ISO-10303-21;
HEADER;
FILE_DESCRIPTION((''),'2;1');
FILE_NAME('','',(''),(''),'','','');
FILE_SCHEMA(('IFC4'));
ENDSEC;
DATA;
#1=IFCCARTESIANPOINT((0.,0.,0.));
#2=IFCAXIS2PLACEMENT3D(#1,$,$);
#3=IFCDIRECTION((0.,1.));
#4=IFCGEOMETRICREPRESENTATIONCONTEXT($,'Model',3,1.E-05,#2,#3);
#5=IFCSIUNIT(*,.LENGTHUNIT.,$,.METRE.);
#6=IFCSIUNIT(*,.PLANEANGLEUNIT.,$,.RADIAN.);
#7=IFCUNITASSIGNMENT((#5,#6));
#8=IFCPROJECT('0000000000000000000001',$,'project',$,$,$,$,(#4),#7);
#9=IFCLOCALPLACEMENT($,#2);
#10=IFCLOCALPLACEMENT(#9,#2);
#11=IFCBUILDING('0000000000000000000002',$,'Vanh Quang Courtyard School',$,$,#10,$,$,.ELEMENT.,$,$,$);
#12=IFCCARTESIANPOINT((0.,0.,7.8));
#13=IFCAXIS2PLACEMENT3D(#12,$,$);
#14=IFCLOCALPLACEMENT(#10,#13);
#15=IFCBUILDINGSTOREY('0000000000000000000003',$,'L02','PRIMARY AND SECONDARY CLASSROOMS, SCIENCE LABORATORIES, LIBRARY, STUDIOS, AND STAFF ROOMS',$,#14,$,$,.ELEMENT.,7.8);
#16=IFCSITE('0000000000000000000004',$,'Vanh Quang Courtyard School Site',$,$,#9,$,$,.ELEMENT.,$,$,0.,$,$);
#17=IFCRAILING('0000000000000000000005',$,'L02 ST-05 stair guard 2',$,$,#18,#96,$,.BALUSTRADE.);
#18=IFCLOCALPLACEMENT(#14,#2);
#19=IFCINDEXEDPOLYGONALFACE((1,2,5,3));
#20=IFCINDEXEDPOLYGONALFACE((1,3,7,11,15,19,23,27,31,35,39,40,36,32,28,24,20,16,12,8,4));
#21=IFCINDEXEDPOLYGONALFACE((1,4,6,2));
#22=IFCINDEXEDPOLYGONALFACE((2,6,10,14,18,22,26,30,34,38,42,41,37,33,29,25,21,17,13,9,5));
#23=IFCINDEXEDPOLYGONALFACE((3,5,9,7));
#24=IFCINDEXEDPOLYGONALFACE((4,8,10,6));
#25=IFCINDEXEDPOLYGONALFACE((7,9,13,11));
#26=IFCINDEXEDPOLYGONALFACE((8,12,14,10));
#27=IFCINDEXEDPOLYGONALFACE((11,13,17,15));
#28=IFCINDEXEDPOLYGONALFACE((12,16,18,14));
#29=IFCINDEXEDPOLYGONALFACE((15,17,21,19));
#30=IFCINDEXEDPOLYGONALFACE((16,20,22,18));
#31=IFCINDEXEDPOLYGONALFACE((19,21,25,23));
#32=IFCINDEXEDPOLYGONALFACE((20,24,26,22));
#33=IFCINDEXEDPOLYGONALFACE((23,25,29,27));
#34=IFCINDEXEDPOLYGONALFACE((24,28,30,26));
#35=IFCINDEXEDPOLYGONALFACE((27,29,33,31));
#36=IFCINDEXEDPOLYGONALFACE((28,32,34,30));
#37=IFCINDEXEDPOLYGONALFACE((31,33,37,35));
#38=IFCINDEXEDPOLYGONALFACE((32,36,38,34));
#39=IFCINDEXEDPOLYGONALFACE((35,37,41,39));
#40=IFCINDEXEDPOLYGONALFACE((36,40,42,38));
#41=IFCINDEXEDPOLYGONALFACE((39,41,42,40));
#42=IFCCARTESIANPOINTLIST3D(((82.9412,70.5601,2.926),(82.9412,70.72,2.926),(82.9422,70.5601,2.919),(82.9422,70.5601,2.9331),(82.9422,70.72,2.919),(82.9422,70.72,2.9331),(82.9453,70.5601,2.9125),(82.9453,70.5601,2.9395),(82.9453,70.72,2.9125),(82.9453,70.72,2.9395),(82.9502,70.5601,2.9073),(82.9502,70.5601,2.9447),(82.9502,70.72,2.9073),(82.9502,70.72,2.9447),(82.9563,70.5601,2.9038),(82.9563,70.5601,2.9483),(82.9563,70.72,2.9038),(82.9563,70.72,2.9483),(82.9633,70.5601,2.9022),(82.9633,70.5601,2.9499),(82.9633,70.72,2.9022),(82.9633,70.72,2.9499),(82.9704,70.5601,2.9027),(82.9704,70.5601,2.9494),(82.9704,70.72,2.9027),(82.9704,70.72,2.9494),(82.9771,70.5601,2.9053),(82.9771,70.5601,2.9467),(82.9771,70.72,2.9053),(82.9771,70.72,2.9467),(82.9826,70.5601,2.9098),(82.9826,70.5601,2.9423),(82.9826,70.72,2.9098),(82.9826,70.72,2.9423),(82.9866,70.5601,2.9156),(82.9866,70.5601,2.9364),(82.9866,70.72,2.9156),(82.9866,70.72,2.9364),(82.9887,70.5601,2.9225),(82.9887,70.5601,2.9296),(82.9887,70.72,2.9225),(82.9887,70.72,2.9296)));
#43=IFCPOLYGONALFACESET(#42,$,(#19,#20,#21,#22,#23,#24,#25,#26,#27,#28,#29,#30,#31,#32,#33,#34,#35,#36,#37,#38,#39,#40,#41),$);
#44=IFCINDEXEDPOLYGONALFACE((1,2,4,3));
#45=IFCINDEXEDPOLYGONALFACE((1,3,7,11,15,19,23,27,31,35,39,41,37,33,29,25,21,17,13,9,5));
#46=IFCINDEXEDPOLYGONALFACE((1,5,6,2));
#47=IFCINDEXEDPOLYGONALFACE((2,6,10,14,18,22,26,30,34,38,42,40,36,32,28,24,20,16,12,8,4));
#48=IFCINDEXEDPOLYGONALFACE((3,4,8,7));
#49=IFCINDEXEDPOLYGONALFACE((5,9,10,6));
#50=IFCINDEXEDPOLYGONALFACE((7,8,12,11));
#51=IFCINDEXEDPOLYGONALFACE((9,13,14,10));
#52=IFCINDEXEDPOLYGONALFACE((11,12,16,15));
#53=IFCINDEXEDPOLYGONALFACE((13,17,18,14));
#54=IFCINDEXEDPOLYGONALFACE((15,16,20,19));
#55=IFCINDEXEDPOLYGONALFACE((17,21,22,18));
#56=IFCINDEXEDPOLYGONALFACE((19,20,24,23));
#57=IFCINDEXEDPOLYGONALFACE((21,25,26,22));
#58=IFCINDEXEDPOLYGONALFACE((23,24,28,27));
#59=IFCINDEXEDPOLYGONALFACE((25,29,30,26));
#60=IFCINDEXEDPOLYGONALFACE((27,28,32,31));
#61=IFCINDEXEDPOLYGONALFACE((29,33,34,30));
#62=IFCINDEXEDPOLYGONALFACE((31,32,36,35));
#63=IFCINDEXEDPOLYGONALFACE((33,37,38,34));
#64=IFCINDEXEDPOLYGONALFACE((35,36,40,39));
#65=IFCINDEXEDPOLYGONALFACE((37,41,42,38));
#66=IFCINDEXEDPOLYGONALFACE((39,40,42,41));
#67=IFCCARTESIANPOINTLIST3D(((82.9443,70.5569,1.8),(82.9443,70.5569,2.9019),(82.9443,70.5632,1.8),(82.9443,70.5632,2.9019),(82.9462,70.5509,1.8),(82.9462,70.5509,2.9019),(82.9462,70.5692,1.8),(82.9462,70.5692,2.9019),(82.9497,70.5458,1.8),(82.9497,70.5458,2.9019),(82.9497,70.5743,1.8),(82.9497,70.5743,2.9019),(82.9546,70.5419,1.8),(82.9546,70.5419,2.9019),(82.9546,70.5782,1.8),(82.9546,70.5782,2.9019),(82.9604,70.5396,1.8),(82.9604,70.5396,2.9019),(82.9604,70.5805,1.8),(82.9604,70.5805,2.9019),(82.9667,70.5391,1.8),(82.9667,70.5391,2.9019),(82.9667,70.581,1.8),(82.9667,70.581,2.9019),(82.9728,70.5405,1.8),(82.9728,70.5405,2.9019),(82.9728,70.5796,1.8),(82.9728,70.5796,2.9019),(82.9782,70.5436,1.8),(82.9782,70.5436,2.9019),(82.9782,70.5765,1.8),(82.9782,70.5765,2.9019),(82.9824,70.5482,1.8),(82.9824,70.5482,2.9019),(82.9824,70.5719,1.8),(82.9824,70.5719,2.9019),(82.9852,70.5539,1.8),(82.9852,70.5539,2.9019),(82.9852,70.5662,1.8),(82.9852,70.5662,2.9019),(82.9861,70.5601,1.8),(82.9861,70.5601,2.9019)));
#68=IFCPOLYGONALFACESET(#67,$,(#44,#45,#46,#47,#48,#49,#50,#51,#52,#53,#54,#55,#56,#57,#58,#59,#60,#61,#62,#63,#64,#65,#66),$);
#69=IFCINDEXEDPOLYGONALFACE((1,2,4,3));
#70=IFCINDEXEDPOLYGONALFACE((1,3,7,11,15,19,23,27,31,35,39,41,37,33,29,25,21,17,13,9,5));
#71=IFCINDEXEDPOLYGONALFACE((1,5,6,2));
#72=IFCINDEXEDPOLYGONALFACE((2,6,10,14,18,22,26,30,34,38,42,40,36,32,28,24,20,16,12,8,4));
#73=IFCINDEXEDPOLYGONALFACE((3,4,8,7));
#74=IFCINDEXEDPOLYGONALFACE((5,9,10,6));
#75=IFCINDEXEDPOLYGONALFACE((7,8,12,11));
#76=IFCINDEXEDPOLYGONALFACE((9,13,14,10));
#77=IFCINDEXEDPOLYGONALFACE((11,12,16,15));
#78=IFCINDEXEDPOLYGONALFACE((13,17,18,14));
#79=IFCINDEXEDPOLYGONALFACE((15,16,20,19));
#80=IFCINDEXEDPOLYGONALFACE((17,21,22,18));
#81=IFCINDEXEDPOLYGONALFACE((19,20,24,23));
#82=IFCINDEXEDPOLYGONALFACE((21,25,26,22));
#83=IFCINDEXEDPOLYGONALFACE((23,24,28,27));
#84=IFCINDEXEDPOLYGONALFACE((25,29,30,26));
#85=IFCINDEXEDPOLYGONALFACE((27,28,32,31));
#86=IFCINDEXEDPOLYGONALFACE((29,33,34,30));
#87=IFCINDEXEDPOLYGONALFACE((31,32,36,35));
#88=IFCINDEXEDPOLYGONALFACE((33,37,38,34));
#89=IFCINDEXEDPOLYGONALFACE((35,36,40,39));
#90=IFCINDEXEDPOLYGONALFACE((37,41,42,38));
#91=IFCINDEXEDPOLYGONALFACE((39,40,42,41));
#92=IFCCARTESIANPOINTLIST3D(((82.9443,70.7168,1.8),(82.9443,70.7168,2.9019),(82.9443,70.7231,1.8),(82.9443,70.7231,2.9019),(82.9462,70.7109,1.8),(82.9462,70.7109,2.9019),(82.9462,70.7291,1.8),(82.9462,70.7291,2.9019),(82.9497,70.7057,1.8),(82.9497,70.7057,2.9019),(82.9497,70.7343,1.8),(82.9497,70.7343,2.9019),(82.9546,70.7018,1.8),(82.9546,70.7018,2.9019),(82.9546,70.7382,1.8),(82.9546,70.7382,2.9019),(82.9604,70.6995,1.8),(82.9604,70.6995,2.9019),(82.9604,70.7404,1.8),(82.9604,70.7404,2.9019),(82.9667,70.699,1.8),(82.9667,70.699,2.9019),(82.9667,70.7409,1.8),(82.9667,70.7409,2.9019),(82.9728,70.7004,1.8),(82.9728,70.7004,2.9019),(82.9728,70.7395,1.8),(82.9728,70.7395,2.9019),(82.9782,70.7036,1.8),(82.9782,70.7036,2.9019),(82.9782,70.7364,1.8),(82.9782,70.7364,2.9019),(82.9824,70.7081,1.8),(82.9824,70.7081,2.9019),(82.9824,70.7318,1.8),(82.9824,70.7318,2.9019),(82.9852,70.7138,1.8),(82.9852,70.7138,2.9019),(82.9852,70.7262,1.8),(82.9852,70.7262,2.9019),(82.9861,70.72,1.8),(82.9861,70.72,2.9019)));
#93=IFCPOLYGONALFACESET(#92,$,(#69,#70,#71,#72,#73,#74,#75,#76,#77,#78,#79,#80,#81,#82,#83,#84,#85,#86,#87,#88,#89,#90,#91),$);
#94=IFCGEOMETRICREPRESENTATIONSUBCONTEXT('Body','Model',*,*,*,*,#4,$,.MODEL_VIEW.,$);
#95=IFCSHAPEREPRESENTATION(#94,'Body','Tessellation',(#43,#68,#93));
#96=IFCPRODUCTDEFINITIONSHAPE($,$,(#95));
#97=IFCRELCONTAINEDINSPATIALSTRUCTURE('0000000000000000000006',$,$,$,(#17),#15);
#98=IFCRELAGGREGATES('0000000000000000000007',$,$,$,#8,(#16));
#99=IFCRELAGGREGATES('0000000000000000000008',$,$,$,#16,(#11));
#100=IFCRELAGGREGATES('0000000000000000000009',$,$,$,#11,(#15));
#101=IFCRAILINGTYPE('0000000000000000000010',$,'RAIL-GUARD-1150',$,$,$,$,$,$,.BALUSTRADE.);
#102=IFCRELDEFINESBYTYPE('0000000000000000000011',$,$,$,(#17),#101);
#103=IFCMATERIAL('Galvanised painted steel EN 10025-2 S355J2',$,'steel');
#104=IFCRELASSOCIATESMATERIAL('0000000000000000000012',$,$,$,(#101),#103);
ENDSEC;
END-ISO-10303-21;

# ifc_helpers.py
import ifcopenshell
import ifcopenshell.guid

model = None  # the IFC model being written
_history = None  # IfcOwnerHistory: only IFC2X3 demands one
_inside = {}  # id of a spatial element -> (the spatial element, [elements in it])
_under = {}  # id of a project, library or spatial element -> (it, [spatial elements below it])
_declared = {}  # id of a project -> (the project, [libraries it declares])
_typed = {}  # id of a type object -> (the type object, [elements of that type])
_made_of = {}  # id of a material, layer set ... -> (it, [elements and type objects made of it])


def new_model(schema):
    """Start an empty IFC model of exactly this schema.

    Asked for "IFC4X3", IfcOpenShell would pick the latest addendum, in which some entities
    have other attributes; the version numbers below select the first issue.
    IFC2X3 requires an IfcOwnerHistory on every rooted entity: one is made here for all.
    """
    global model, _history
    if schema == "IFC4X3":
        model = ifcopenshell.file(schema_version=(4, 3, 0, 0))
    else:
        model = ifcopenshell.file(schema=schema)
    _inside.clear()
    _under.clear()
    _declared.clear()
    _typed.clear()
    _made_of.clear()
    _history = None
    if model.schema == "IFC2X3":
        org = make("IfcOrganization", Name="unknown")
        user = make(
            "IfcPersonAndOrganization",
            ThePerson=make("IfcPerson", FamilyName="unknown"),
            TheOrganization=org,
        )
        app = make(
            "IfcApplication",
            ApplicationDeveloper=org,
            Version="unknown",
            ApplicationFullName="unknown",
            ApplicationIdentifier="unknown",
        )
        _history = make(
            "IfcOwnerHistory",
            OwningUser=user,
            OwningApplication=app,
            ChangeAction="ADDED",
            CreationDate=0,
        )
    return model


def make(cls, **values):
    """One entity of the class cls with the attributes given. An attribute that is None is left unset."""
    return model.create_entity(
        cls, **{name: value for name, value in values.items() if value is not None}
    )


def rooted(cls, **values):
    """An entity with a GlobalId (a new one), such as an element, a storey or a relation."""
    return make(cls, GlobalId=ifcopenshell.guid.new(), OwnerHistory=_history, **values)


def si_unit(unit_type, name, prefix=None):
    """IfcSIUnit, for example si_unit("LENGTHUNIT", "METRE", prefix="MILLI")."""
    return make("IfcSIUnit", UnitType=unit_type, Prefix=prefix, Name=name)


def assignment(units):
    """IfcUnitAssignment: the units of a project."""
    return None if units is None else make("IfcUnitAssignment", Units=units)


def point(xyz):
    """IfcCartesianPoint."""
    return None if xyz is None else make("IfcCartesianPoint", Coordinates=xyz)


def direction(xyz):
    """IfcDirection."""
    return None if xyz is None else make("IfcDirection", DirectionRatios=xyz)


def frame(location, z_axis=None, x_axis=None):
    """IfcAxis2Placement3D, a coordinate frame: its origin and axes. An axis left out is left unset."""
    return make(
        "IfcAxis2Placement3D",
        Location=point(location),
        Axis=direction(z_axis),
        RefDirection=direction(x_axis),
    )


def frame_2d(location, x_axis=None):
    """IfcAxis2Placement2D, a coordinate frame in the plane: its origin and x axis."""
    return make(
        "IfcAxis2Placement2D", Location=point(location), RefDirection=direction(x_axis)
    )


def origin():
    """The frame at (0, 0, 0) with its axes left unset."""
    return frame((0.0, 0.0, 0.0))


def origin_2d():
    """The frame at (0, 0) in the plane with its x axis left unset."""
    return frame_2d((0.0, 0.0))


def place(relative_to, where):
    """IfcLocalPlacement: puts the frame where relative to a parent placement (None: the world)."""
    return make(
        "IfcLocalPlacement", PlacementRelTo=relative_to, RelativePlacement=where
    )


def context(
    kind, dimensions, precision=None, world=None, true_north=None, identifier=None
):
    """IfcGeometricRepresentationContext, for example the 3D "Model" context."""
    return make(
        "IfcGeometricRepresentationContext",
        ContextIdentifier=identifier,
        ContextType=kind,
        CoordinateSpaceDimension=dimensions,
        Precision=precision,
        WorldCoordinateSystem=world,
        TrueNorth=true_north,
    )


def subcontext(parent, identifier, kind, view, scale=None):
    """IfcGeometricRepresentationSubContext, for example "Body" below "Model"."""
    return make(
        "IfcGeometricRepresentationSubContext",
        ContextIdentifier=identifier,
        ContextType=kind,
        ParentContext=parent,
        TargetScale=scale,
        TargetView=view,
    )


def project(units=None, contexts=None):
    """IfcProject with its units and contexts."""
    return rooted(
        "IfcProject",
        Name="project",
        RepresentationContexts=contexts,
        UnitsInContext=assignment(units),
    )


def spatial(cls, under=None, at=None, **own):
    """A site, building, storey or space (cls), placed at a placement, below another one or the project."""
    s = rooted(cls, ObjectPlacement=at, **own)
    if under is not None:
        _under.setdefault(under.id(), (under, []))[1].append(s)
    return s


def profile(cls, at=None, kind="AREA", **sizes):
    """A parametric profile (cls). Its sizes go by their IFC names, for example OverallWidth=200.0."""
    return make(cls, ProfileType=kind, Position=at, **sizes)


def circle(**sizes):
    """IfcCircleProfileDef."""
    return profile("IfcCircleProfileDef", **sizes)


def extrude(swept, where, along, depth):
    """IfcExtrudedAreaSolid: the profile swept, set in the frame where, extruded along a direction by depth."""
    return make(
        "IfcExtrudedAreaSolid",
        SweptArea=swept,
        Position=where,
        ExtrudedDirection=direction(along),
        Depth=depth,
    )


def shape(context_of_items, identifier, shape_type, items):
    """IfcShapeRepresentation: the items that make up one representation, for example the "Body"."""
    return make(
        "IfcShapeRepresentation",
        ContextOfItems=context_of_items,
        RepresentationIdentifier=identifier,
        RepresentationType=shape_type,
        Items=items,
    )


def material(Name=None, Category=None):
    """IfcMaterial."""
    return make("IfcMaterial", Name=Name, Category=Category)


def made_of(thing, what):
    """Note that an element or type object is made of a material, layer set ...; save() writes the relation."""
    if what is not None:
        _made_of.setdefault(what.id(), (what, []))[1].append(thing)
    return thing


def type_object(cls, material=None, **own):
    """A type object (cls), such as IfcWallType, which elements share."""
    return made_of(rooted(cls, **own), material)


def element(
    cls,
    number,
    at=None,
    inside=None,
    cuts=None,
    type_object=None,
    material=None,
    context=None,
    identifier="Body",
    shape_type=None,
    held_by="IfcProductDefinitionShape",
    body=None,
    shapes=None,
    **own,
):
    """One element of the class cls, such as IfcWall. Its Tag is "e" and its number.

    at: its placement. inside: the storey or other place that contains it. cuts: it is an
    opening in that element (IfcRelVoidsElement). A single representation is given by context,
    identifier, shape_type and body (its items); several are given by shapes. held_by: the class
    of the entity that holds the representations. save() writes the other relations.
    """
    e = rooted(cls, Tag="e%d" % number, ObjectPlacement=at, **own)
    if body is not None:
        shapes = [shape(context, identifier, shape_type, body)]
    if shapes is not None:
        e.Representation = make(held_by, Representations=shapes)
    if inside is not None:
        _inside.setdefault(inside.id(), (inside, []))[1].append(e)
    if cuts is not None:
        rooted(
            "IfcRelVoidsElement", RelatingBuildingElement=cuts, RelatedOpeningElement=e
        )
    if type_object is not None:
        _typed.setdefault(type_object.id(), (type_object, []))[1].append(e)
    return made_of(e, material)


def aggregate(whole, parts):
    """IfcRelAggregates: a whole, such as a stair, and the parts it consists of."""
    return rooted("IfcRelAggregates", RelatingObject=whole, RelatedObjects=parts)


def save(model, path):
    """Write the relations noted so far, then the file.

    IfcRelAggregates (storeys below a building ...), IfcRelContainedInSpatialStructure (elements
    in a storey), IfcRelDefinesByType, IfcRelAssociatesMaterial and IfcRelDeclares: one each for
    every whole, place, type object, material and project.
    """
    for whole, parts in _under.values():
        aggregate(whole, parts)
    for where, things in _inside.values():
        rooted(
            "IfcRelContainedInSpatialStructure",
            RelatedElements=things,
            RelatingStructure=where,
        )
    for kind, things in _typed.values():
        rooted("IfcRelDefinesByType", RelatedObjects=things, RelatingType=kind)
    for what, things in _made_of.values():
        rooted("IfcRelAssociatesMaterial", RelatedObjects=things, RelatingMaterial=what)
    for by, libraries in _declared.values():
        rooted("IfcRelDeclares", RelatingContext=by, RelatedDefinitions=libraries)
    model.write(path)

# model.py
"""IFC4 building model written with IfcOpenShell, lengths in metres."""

from ifc_helpers import new_model, si_unit, direction, frame, origin, origin_2d, place, context, subcontext, project, spatial, circle, extrude, material, type_object, element, save


model = new_model("IFC4")

# Units and contexts
model_context = context("Model", 3, precision=1e-05, world=origin(), true_north=direction((0.0, 1.0)))
body_context = subcontext(model_context, "Body", "Model", "MODEL_VIEW")
ifc_project = project(units=[si_unit("LENGTHUNIT", "METRE"), si_unit("PLANEANGLEUNIT", "RADIAN")], contexts=[model_context])

# Site, building, storey
site_placement = place(None, origin())
site = spatial("IfcSite", under=ifc_project, at=site_placement, Name="Vanh Quang Courtyard School Site", CompositionType="ELEMENT", RefElevation=0.0)
building_placement = place(site_placement, origin())
building = spatial("IfcBuilding", under=site, at=building_placement, Name="Vanh Quang Courtyard School", CompositionType="ELEMENT")
storey_placement = place(building_placement, frame((0.0, 0.0, 7.8)))
storey = spatial("IfcBuildingStorey", under=building, at=storey_placement, Name="L02", Description="PRIMARY AND SECONDARY CLASSROOMS, SCIENCE LABORATORIES, LIBRARY, STUDIOS, AND STAFF ROOMS", CompositionType="ELEMENT", Elevation=7.8)

# Railing
ifc_material_1 = material(Name="Galvanised painted steel EN 10025-2 S355J2", Category="steel")
railing_type_1 = type_object("IfcRailingType", Name="RAIL-GUARD-1150", PredefinedType="BALUSTRADE", material=ifc_material_1)
railing_1_placement = place(storey_placement, frame((82.9651, 70.5601, 1.8)))
element("IfcRailing", 1, at=railing_1_placement, inside=storey, type_object=railing_type_1, Name="L02 ST-05 stair guard 2", PredefinedType="BALUSTRADE", context=body_context, shape_type="SweptSolid", body=[
    extrude(circle(Radius=0.0239, at=origin_2d()), frame((0.0, 0.0, 1.126), z_axis=(0.0, 1.0, 0.0), x_axis=(-1.0, 0.0, 0.0)), (0.0, 0.0, 1.0), 0.1599),
    extrude(circle(Radius=0.021, at=origin_2d()), origin(), (0.0, 0.0, 1.0), 1.1018),
    extrude(circle(Radius=0.021, at=origin_2d()), frame((0.0, 0.1599, 0.0)), (0.0, 0.0, 1.0), 1.1018),
])

save(model, "model.ifc")
